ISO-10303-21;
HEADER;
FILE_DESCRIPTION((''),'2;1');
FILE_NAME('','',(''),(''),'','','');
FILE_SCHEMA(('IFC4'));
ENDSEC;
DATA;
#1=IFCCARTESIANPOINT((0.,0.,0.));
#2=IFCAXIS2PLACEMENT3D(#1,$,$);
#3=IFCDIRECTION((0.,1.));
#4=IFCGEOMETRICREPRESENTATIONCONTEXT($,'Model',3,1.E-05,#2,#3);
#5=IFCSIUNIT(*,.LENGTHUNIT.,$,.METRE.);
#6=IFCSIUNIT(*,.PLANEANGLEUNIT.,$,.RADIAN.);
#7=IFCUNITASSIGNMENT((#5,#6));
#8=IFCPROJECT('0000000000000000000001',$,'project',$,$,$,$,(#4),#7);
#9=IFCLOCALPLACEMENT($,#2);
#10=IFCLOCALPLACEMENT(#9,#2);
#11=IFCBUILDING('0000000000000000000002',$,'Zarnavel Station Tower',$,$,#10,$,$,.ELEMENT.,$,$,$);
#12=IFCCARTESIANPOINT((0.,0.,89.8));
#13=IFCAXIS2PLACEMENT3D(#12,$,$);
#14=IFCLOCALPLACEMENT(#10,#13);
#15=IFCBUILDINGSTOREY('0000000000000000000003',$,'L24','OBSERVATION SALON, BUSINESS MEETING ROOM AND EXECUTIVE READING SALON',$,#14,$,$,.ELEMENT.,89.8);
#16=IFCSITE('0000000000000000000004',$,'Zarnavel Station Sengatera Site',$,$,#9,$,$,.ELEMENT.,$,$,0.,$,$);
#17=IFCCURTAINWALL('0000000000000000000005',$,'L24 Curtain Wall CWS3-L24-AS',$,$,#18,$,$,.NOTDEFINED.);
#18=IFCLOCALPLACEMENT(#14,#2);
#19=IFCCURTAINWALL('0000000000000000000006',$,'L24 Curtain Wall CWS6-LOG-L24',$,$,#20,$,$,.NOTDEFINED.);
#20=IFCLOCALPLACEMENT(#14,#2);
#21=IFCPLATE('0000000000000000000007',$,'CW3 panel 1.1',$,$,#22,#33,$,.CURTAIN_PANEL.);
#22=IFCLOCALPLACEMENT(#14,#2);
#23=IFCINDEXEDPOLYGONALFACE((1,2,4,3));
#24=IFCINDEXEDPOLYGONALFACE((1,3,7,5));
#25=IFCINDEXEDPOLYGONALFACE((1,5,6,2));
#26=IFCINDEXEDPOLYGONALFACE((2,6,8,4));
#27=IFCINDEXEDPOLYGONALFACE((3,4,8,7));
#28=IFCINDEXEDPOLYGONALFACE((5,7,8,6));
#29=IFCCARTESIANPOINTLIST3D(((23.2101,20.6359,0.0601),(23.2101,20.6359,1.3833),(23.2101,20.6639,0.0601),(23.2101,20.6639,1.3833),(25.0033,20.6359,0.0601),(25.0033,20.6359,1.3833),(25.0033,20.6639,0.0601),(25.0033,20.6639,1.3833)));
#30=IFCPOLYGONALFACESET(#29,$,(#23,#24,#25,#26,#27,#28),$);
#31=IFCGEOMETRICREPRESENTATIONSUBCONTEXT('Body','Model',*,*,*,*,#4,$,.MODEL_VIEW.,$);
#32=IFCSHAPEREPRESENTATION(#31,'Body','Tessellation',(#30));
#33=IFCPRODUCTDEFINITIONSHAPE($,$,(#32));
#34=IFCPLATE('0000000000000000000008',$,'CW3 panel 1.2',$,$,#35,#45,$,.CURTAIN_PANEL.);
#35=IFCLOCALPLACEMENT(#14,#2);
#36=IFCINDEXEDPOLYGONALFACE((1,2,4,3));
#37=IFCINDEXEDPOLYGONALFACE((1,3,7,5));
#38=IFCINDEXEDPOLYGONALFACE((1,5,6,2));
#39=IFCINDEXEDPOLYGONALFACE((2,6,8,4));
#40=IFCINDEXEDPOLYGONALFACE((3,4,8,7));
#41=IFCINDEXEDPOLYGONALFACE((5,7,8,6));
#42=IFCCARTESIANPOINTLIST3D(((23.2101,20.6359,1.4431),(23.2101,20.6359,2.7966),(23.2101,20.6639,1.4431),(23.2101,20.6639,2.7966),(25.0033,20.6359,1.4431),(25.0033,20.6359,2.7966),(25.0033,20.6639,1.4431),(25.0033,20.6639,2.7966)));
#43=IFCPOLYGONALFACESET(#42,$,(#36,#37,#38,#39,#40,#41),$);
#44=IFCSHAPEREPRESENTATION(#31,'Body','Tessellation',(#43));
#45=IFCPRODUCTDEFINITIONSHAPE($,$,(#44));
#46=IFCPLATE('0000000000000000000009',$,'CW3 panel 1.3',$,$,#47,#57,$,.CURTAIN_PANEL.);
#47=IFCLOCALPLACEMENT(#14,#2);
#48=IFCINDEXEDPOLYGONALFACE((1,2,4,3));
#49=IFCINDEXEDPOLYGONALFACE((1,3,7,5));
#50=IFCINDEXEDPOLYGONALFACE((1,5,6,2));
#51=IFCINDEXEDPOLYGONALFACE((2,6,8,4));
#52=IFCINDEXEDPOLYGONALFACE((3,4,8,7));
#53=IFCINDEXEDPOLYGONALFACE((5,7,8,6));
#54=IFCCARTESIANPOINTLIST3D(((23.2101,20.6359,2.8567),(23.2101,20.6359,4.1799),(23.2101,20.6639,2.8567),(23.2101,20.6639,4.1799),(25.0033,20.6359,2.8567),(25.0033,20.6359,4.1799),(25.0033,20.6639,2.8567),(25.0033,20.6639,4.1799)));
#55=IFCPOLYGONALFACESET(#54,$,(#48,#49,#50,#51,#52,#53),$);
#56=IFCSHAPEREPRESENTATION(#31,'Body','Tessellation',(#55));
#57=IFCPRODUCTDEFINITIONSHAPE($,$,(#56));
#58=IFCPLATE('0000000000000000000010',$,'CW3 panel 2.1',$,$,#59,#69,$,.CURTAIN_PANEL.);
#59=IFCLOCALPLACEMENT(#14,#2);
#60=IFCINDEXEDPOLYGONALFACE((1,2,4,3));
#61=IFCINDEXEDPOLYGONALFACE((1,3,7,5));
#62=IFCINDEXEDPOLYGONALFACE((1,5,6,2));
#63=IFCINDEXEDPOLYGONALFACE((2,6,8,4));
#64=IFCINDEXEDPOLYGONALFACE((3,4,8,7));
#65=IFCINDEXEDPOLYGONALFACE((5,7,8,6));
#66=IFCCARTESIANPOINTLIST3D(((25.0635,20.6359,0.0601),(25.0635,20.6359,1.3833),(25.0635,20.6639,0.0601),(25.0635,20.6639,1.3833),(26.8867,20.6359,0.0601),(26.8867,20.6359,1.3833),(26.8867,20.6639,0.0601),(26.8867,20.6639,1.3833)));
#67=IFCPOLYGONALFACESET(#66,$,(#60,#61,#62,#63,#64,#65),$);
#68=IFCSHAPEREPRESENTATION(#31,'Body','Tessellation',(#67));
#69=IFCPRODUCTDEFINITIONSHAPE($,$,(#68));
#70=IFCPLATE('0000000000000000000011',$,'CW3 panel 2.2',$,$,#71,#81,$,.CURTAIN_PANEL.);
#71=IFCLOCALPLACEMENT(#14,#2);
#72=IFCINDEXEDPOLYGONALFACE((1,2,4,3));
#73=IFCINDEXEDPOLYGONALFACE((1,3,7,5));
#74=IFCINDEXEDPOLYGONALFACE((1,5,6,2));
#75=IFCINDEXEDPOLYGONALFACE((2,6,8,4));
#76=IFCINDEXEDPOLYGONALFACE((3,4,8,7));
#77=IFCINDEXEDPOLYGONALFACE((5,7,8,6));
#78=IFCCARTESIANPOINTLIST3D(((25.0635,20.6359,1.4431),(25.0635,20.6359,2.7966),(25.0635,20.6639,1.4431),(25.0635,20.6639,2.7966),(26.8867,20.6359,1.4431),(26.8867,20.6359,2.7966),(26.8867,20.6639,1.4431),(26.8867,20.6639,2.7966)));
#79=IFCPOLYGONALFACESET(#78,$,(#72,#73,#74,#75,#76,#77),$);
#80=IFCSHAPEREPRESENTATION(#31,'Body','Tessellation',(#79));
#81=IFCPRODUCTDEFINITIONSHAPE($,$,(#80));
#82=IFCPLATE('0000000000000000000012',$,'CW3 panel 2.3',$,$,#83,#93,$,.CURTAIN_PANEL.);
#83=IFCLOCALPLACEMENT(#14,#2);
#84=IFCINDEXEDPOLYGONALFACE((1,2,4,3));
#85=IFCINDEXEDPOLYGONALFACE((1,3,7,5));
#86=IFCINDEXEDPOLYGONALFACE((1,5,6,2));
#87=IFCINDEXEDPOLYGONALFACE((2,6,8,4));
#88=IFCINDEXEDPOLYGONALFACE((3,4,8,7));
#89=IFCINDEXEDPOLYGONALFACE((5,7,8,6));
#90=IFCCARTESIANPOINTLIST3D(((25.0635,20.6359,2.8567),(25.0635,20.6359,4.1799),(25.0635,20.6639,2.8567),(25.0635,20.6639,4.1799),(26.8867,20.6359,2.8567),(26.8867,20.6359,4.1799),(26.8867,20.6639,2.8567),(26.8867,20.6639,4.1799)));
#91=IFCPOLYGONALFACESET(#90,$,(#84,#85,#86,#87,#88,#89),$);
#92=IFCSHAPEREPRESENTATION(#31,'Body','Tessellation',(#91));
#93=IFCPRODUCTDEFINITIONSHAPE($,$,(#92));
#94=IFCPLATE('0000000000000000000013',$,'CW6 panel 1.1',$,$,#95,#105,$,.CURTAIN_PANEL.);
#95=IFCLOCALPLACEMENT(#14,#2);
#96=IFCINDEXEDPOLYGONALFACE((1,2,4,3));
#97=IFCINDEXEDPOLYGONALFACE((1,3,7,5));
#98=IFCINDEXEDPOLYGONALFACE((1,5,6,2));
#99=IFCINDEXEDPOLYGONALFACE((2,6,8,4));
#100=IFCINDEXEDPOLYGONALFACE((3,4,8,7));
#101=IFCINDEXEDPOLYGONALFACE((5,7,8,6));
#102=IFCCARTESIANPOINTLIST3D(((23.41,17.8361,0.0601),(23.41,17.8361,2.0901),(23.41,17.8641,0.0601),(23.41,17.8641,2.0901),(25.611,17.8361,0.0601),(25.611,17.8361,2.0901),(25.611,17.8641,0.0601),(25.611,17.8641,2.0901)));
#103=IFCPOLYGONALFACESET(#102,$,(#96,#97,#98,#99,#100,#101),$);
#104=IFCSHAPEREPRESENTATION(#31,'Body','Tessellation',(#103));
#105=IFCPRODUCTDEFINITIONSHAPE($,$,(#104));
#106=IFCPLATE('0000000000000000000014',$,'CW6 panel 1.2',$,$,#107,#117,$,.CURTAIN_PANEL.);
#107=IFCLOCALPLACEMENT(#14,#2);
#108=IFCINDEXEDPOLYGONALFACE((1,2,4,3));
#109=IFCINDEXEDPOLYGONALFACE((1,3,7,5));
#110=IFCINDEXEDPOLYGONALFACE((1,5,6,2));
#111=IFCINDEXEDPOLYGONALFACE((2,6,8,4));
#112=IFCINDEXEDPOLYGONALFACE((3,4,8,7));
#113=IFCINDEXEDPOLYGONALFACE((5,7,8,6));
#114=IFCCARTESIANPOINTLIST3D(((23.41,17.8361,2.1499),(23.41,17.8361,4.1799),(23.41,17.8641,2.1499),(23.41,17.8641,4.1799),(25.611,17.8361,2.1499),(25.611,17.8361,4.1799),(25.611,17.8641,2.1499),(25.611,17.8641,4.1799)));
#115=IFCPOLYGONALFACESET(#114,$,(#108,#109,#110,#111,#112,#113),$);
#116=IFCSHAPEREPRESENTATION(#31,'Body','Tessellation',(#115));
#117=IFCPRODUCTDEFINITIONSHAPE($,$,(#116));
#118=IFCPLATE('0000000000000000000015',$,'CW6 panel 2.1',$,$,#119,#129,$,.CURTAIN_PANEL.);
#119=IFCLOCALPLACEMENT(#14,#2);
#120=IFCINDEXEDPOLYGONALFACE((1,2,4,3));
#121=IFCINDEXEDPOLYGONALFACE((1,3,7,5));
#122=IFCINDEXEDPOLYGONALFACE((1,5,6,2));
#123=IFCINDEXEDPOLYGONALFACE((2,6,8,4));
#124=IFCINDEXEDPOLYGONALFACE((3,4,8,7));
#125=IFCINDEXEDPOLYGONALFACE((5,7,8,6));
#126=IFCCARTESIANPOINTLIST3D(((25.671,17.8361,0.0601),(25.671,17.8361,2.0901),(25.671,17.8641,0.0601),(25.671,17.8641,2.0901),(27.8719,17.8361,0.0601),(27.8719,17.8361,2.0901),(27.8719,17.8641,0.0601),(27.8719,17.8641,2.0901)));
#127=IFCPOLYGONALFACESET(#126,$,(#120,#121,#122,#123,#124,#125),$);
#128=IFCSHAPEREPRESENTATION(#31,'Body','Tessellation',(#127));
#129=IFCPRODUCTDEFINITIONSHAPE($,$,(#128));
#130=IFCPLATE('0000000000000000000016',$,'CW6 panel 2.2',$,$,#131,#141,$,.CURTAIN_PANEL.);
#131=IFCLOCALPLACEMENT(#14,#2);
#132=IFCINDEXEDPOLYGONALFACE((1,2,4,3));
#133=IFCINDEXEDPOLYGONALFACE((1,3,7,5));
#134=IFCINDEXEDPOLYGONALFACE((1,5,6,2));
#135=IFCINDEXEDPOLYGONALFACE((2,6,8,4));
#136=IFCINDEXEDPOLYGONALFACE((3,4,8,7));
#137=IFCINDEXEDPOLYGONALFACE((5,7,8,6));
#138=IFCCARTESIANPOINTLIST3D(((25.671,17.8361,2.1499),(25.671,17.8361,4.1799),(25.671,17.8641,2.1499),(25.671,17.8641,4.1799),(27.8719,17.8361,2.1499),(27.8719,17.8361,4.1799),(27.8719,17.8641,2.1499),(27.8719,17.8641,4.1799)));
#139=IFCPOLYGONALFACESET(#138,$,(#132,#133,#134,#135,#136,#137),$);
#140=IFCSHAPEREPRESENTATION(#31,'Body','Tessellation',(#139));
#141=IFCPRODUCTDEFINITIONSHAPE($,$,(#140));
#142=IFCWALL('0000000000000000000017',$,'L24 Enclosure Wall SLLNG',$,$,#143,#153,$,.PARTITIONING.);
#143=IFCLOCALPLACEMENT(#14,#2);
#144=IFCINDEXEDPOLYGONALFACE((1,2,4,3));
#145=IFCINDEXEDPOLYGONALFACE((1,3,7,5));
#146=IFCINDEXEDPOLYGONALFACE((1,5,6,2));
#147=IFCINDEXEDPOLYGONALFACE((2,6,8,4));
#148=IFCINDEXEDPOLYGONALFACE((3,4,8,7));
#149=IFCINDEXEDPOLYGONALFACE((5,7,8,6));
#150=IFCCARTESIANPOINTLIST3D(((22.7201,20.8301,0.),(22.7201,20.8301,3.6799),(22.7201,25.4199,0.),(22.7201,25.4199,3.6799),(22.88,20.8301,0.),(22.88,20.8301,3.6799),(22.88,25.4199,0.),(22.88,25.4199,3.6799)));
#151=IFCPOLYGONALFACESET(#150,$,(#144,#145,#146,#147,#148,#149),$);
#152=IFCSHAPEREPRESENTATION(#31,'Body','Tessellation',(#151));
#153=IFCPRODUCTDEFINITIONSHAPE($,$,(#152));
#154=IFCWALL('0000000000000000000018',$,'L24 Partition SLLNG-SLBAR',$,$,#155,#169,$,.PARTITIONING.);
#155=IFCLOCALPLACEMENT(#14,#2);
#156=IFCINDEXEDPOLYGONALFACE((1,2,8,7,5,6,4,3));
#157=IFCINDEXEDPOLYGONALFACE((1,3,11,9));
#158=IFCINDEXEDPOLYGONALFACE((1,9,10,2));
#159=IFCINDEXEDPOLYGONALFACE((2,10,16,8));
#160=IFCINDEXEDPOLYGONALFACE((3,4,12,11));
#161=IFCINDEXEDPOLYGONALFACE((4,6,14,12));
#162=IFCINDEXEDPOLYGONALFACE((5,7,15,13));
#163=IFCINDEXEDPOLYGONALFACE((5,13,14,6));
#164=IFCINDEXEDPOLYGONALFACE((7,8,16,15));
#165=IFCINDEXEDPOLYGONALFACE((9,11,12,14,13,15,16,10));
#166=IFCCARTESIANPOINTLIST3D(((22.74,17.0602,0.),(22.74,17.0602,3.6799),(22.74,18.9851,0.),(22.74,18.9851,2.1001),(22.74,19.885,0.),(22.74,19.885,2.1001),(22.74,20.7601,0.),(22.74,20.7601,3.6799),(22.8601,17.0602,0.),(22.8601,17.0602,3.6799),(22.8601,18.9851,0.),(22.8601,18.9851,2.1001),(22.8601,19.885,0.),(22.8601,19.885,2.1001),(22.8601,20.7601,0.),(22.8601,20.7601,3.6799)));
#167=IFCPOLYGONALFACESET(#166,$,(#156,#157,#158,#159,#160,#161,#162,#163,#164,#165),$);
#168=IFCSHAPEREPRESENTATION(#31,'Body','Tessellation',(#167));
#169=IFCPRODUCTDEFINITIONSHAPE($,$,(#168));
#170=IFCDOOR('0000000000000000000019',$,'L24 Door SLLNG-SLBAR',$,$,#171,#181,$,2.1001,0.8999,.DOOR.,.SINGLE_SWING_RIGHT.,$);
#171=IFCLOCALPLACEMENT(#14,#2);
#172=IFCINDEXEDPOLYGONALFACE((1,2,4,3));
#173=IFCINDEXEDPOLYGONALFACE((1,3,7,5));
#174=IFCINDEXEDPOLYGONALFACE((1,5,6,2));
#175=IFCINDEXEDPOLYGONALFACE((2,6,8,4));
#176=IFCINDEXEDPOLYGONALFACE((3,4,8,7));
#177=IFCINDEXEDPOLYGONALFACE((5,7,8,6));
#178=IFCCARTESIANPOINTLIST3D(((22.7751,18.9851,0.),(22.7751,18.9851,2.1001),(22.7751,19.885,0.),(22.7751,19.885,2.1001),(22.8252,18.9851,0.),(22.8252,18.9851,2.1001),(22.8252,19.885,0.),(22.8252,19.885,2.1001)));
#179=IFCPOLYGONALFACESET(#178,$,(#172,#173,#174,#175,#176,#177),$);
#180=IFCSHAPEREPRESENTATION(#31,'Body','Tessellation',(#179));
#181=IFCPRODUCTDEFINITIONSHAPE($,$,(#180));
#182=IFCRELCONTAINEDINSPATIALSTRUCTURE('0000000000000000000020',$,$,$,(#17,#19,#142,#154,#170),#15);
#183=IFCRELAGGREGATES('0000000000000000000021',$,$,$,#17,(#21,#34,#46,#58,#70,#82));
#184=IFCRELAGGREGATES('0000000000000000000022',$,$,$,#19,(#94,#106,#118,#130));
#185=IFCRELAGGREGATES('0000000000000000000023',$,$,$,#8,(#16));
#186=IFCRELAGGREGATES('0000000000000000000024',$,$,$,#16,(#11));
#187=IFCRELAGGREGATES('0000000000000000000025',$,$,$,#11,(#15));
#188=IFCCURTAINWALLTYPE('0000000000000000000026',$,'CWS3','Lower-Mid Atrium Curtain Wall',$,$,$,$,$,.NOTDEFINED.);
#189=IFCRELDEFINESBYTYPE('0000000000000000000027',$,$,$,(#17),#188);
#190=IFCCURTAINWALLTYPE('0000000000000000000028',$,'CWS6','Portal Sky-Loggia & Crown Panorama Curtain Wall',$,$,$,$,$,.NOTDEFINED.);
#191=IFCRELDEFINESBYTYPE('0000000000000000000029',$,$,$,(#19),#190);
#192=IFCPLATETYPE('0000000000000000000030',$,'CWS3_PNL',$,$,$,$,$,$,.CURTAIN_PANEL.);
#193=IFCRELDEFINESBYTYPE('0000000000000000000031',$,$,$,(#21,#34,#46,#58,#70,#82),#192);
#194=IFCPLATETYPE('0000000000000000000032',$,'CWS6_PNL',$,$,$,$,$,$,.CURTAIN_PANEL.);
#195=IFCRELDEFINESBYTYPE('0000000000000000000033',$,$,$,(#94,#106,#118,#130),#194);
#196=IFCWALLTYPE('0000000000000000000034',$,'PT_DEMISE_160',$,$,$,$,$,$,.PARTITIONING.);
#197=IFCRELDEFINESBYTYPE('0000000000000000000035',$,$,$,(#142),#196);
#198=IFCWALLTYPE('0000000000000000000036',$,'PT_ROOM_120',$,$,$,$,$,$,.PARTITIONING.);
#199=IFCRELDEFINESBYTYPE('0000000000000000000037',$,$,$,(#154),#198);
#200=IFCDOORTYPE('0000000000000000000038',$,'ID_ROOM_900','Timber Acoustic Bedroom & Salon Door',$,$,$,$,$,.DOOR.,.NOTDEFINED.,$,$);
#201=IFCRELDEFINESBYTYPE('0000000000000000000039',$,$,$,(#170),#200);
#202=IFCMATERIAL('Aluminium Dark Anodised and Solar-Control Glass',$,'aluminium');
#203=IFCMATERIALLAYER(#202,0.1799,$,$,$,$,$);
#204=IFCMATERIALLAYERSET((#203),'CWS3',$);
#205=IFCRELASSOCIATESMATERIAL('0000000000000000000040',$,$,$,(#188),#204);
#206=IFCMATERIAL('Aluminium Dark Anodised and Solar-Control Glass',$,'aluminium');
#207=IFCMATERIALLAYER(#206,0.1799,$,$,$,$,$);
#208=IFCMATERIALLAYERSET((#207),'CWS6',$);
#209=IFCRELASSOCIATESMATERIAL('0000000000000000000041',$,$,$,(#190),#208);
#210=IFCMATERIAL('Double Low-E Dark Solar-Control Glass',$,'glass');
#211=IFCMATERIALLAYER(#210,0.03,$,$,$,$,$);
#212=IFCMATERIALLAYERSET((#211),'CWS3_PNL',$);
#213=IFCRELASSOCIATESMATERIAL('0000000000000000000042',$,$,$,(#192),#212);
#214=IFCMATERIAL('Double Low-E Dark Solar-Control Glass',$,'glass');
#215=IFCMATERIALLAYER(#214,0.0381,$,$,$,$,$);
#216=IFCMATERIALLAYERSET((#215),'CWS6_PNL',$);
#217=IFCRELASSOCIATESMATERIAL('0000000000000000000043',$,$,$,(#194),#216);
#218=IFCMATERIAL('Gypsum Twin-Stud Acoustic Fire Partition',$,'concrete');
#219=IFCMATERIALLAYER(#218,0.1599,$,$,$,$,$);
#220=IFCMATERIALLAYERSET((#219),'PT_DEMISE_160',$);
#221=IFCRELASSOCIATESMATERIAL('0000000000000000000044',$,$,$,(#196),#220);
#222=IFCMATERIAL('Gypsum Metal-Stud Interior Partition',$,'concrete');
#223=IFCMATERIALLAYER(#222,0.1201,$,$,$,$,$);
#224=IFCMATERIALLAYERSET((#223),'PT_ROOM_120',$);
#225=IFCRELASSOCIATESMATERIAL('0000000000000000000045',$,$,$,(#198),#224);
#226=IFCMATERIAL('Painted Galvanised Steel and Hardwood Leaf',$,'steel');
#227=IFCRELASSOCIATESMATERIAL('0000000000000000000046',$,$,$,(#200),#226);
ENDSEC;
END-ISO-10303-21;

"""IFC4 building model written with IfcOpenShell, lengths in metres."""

from ifc_helpers import new_model, si_unit, direction, frame, frame_2d, origin, origin_2d, place, context, subcontext, project, spatial, rectangle, extrude, material, layer, layer_set, type_object, element, fill, aggregate, save


model = new_model("IFC4")

# Units and contexts
model_context = context("Model", 3, precision=1e-05, world=origin(), true_north=direction((0.0, 1.0)))
body_context = subcontext(model_context, "Body", "Model", "MODEL_VIEW")
ifc_project = project(units=[si_unit("LENGTHUNIT", "METRE"), si_unit("PLANEANGLEUNIT", "RADIAN")], contexts=[model_context])

# Site, building, storey
site_placement = place(None, origin())
site = spatial("IfcSite", under=ifc_project, at=site_placement, Name="Zarnavel Station Sengatera Site", CompositionType="ELEMENT", RefElevation=0.0)
building_placement = place(site_placement, origin())
building = spatial("IfcBuilding", under=site, at=building_placement, Name="Zarnavel Station Tower", CompositionType="ELEMENT")
storey_placement = place(building_placement, frame((0.0, 0.0, 89.8)))
storey = spatial("IfcBuildingStorey", under=building, at=storey_placement, Name="L24", Description="OBSERVATION SALON, BUSINESS MEETING ROOM AND EXECUTIVE READING SALON", CompositionType="ELEMENT", Elevation=89.8)

# Curtain walls
ifc_material_1 = material(Name="Aluminium Dark Anodised and Solar-Control Glass", Category="aluminium")
ifc_layer_1 = layer(ifc_material_1, 0.1799)
ifc_layer_set_1 = layer_set([ifc_layer_1], Name="CWS3")
curtain_wall_type_1 = type_object("IfcCurtainWallType", Name="CWS3", Description="Lower-Mid Atrium Curtain Wall", PredefinedType="NOTDEFINED", material=ifc_layer_set_1)
curtain_wall_1_placement = place(storey_placement, origin())
curtain_wall_1 = element("IfcCurtainWall", 1, at=curtain_wall_1_placement, inside=storey, type_object=curtain_wall_type_1, Name="L24 Curtain Wall CWS3-L24-AS", PredefinedType="NOTDEFINED")
ifc_material_2 = material(Name="Aluminium Dark Anodised and Solar-Control Glass", Category="aluminium")
ifc_layer_2 = layer(ifc_material_2, 0.1799)
ifc_layer_set_2 = layer_set([ifc_layer_2], Name="CWS6")
curtain_wall_type_2 = type_object("IfcCurtainWallType", Name="CWS6", Description="Portal Sky-Loggia & Crown Panorama Curtain Wall", PredefinedType="NOTDEFINED", material=ifc_layer_set_2)
curtain_wall_2_placement = place(storey_placement, origin())
curtain_wall_2 = element("IfcCurtainWall", 2, at=curtain_wall_2_placement, inside=storey, type_object=curtain_wall_type_2, Name="L24 Curtain Wall CWS6-LOG-L24", PredefinedType="NOTDEFINED")

# Plates
ifc_material_3 = material(Name="Double Low-E Dark Solar-Control Glass", Category="glass")
ifc_layer_3 = layer(ifc_material_3, 0.03)
ifc_layer_set_3 = layer_set([ifc_layer_3], Name="CWS3_PNL")
plate_type_1 = type_object("IfcPlateType", Name="CWS3_PNL", PredefinedType="CURTAIN_PANEL", material=ifc_layer_set_3)
plate_1_placement = place(storey_placement, frame((24.1067, 20.6499, 0.0601), z_axis=(0.0, 0.0, 1.0), x_axis=(1.0, 0.0, 0.0)))
plate_1 = element("IfcPlate", 3, at=plate_1_placement, type_object=plate_type_1, Name="CW3 panel 1.1", PredefinedType="CURTAIN_PANEL", context=body_context, shape_type="SweptSolid", body=[
    extrude(rectangle(XDim=1.7932, YDim=0.0281, at=origin_2d()), origin(), (0.0, 0.0, 1.0), 1.3232),
])
plate_2_placement = place(storey_placement, frame((24.1067, 20.6499, 1.4431), z_axis=(0.0, 0.0, 1.0), x_axis=(1.0, 0.0, 0.0)))
plate_2 = element("IfcPlate", 4, at=plate_2_placement, type_object=plate_type_1, Name="CW3 panel 1.2", PredefinedType="CURTAIN_PANEL", context=body_context, shape_type="SweptSolid", body=[
    extrude(rectangle(XDim=1.7932, YDim=0.0281, at=origin_2d()), origin(), (0.0, 0.0, 1.0), 1.3535),
])
plate_3_placement = place(storey_placement, frame((24.1067, 20.6499, 2.8567), z_axis=(0.0, 0.0, 1.0), x_axis=(1.0, 0.0, 0.0)))
plate_3 = element("IfcPlate", 5, at=plate_3_placement, type_object=plate_type_1, Name="CW3 panel 1.3", PredefinedType="CURTAIN_PANEL", context=body_context, shape_type="SweptSolid", body=[
    extrude(rectangle(XDim=1.7932, YDim=0.0281, at=origin_2d()), origin(), (0.0, 0.0, 1.0), 1.3232),
])
plate_4_placement = place(storey_placement, frame((25.9751, 20.6499, 0.0601), z_axis=(0.0, 0.0, 1.0), x_axis=(1.0, 0.0, 0.0)))
plate_4 = element("IfcPlate", 6, at=plate_4_placement, type_object=plate_type_1, Name="CW3 panel 2.1", PredefinedType="CURTAIN_PANEL", context=body_context, shape_type="SweptSolid", body=[
    extrude(rectangle(XDim=1.8232, YDim=0.0281, at=origin_2d()), origin(), (0.0, 0.0, 1.0), 1.3232),
])
plate_5_placement = place(storey_placement, frame((25.9751, 20.6499, 1.4431), z_axis=(0.0, 0.0, 1.0), x_axis=(1.0, 0.0, 0.0)))
plate_5 = element("IfcPlate", 7, at=plate_5_placement, type_object=plate_type_1, Name="CW3 panel 2.2", PredefinedType="CURTAIN_PANEL", context=body_context, shape_type="SweptSolid", body=[
    extrude(rectangle(XDim=1.8232, YDim=0.0281, at=origin_2d()), origin(), (0.0, 0.0, 1.0), 1.3535),
])
plate_6_placement = place(storey_placement, frame((25.9751, 20.6499, 2.8567), z_axis=(0.0, 0.0, 1.0), x_axis=(1.0, 0.0, 0.0)))
plate_6 = element("IfcPlate", 8, at=plate_6_placement, type_object=plate_type_1, Name="CW3 panel 2.3", PredefinedType="CURTAIN_PANEL", context=body_context, shape_type="SweptSolid", body=[
    extrude(rectangle(XDim=1.8232, YDim=0.0281, at=origin_2d()), origin(), (0.0, 0.0, 1.0), 1.3232),
])
aggregate(curtain_wall_1, [plate_1, plate_2, plate_3, plate_4, plate_5, plate_6])
ifc_material_4 = material(Name="Double Low-E Dark Solar-Control Glass", Category="glass")
ifc_layer_4 = layer(ifc_material_4, 0.0381)
ifc_layer_set_4 = layer_set([ifc_layer_4], Name="CWS6_PNL")
plate_type_2 = type_object("IfcPlateType", Name="CWS6_PNL", PredefinedType="CURTAIN_PANEL", material=ifc_layer_set_4)
plate_7_placement = place(storey_placement, frame((24.5105, 17.8501, 0.0601), z_axis=(0.0, 0.0, 1.0), x_axis=(1.0, 0.0, 0.0)))
plate_7 = element("IfcPlate", 9, at=plate_7_placement, type_object=plate_type_2, Name="CW6 panel 1.1", PredefinedType="CURTAIN_PANEL", context=body_context, shape_type="SweptSolid", body=[
    extrude(rectangle(XDim=2.2009, YDim=0.0281, at=origin_2d()), origin(), (0.0, 0.0, 1.0), 2.03),
])
plate_8_placement = place(storey_placement, frame((24.5105, 17.8501, 2.1499), z_axis=(0.0, 0.0, 1.0), x_axis=(1.0, 0.0, 0.0)))
plate_8 = element("IfcPlate", 10, at=plate_8_placement, type_object=plate_type_2, Name="CW6 panel 1.2", PredefinedType="CURTAIN_PANEL", context=body_context, shape_type="SweptSolid", body=[
    extrude(rectangle(XDim=2.2009, YDim=0.0281, at=origin_2d()), origin(), (0.0, 0.0, 1.0), 2.03),
])
plate_9_placement = place(storey_placement, frame((26.7715, 17.8501, 0.0601), z_axis=(0.0, 0.0, 1.0), x_axis=(1.0, 0.0, 0.0)))
plate_9 = element("IfcPlate", 11, at=plate_9_placement, type_object=plate_type_2, Name="CW6 panel 2.1", PredefinedType="CURTAIN_PANEL", context=body_context, shape_type="SweptSolid", body=[
    extrude(rectangle(XDim=2.2009, YDim=0.0281, at=origin_2d()), origin(), (0.0, 0.0, 1.0), 2.03),
])
plate_10_placement = place(storey_placement, frame((26.7715, 17.8501, 2.1499), z_axis=(0.0, 0.0, 1.0), x_axis=(1.0, 0.0, 0.0)))
plate_10 = element("IfcPlate", 12, at=plate_10_placement, type_object=plate_type_2, Name="CW6 panel 2.2", PredefinedType="CURTAIN_PANEL", context=body_context, shape_type="SweptSolid", body=[
    extrude(rectangle(XDim=2.2009, YDim=0.0281, at=origin_2d()), origin(), (0.0, 0.0, 1.0), 2.03),
])
aggregate(curtain_wall_2, [plate_7, plate_8, plate_9, plate_10])

# Wall
ifc_material_5 = material(Name="Gypsum Twin-Stud Acoustic Fire Partition", Category="concrete")
ifc_layer_5 = layer(ifc_material_5, 0.1599)
ifc_layer_set_5 = layer_set([ifc_layer_5], Name="PT_DEMISE_160")
wall_type_1 = type_object("IfcWallType", Name="PT_DEMISE_160", PredefinedType="PARTITIONING", material=ifc_layer_set_5)
wall_1_placement = place(storey_placement, frame((22.8, 20.8301, 0.0), z_axis=(0.0, 0.0, 1.0), x_axis=(0.0, 1.0, 0.0)))
element("IfcWall", 13, at=wall_1_placement, inside=storey, type_object=wall_type_1, Name="L24 Enclosure Wall SLLNG", PredefinedType="PARTITIONING", context=body_context, shape_type="SweptSolid", body=[
    extrude(rectangle(XDim=4.5898, YDim=0.1599, at=frame_2d((2.2949, 0.0))), origin(), (0.0, 0.0, 1.0), 3.6799),
])

# Wall, opening, door
ifc_material_6 = material(Name="Gypsum Metal-Stud Interior Partition", Category="concrete")
ifc_layer_6 = layer(ifc_material_6, 0.1201)
ifc_layer_set_6 = layer_set([ifc_layer_6], Name="PT_ROOM_120")
wall_type_2 = type_object("IfcWallType", Name="PT_ROOM_120", PredefinedType="PARTITIONING", material=ifc_layer_set_6)
wall_2_placement = place(storey_placement, frame((22.8, 17.0601, 0.0), z_axis=(0.0, 0.0, 1.0), x_axis=(0.0, 1.0, 0.0)))
wall_2 = element("IfcWall", 14, at=wall_2_placement, inside=storey, type_object=wall_type_2, Name="L24 Partition SLLNG-SLBAR", PredefinedType="PARTITIONING", context=body_context, shape_type="SweptSolid", body=[
    extrude(rectangle(XDim=3.7, YDim=0.1201, at=frame_2d((1.8501, 0.0))), origin(), (0.0, 0.0, 1.0), 3.6799),
])
opening_placement = place(wall_2_placement, frame((1.925, 0.0, 0.0)))
opening = element("IfcOpeningElement", 15, at=opening_placement, cuts=wall_2, PredefinedType="OPENING", context=body_context, shape_type="SweptSolid", body=[
    extrude(rectangle(XDim=0.8999, YDim=2.1001, at=frame_2d((0.45, 1.05))), frame((0.0, 0.0701, 0.0), z_axis=(0.0, -1.0, 0.0), x_axis=(1.0, 0.0, 0.0)), (0.0, 0.0, 1.0), 0.1401),
])
ifc_material_7 = material(Name="Painted Galvanised Steel and Hardwood Leaf", Category="steel")
door_type = type_object("IfcDoorType", Name="ID_ROOM_900", Description="Timber Acoustic Bedroom & Salon Door", OperationType="NOTDEFINED", PredefinedType="DOOR", material=ifc_material_7)
door_placement = place(opening_placement, origin())
door = element("IfcDoor", 16, at=door_placement, inside=storey, type_object=door_type, Name="L24 Door SLLNG-SLBAR", OperationType="SINGLE_SWING_RIGHT", OverallHeight=2.1001, OverallWidth=0.8999, PredefinedType="DOOR", context=body_context, shape_type="SweptSolid", body=[
    extrude(rectangle(XDim=0.8999, YDim=2.1001, at=frame_2d((0.45, 1.05))), frame((0.0, 0.0249, 0.0), z_axis=(0.0, -1.0, 0.0), x_axis=(1.0, 0.0, 0.0)), (0.0, 0.0, 1.0), 0.05),
])
fill(opening, door)

save(model, "model.ifc")
